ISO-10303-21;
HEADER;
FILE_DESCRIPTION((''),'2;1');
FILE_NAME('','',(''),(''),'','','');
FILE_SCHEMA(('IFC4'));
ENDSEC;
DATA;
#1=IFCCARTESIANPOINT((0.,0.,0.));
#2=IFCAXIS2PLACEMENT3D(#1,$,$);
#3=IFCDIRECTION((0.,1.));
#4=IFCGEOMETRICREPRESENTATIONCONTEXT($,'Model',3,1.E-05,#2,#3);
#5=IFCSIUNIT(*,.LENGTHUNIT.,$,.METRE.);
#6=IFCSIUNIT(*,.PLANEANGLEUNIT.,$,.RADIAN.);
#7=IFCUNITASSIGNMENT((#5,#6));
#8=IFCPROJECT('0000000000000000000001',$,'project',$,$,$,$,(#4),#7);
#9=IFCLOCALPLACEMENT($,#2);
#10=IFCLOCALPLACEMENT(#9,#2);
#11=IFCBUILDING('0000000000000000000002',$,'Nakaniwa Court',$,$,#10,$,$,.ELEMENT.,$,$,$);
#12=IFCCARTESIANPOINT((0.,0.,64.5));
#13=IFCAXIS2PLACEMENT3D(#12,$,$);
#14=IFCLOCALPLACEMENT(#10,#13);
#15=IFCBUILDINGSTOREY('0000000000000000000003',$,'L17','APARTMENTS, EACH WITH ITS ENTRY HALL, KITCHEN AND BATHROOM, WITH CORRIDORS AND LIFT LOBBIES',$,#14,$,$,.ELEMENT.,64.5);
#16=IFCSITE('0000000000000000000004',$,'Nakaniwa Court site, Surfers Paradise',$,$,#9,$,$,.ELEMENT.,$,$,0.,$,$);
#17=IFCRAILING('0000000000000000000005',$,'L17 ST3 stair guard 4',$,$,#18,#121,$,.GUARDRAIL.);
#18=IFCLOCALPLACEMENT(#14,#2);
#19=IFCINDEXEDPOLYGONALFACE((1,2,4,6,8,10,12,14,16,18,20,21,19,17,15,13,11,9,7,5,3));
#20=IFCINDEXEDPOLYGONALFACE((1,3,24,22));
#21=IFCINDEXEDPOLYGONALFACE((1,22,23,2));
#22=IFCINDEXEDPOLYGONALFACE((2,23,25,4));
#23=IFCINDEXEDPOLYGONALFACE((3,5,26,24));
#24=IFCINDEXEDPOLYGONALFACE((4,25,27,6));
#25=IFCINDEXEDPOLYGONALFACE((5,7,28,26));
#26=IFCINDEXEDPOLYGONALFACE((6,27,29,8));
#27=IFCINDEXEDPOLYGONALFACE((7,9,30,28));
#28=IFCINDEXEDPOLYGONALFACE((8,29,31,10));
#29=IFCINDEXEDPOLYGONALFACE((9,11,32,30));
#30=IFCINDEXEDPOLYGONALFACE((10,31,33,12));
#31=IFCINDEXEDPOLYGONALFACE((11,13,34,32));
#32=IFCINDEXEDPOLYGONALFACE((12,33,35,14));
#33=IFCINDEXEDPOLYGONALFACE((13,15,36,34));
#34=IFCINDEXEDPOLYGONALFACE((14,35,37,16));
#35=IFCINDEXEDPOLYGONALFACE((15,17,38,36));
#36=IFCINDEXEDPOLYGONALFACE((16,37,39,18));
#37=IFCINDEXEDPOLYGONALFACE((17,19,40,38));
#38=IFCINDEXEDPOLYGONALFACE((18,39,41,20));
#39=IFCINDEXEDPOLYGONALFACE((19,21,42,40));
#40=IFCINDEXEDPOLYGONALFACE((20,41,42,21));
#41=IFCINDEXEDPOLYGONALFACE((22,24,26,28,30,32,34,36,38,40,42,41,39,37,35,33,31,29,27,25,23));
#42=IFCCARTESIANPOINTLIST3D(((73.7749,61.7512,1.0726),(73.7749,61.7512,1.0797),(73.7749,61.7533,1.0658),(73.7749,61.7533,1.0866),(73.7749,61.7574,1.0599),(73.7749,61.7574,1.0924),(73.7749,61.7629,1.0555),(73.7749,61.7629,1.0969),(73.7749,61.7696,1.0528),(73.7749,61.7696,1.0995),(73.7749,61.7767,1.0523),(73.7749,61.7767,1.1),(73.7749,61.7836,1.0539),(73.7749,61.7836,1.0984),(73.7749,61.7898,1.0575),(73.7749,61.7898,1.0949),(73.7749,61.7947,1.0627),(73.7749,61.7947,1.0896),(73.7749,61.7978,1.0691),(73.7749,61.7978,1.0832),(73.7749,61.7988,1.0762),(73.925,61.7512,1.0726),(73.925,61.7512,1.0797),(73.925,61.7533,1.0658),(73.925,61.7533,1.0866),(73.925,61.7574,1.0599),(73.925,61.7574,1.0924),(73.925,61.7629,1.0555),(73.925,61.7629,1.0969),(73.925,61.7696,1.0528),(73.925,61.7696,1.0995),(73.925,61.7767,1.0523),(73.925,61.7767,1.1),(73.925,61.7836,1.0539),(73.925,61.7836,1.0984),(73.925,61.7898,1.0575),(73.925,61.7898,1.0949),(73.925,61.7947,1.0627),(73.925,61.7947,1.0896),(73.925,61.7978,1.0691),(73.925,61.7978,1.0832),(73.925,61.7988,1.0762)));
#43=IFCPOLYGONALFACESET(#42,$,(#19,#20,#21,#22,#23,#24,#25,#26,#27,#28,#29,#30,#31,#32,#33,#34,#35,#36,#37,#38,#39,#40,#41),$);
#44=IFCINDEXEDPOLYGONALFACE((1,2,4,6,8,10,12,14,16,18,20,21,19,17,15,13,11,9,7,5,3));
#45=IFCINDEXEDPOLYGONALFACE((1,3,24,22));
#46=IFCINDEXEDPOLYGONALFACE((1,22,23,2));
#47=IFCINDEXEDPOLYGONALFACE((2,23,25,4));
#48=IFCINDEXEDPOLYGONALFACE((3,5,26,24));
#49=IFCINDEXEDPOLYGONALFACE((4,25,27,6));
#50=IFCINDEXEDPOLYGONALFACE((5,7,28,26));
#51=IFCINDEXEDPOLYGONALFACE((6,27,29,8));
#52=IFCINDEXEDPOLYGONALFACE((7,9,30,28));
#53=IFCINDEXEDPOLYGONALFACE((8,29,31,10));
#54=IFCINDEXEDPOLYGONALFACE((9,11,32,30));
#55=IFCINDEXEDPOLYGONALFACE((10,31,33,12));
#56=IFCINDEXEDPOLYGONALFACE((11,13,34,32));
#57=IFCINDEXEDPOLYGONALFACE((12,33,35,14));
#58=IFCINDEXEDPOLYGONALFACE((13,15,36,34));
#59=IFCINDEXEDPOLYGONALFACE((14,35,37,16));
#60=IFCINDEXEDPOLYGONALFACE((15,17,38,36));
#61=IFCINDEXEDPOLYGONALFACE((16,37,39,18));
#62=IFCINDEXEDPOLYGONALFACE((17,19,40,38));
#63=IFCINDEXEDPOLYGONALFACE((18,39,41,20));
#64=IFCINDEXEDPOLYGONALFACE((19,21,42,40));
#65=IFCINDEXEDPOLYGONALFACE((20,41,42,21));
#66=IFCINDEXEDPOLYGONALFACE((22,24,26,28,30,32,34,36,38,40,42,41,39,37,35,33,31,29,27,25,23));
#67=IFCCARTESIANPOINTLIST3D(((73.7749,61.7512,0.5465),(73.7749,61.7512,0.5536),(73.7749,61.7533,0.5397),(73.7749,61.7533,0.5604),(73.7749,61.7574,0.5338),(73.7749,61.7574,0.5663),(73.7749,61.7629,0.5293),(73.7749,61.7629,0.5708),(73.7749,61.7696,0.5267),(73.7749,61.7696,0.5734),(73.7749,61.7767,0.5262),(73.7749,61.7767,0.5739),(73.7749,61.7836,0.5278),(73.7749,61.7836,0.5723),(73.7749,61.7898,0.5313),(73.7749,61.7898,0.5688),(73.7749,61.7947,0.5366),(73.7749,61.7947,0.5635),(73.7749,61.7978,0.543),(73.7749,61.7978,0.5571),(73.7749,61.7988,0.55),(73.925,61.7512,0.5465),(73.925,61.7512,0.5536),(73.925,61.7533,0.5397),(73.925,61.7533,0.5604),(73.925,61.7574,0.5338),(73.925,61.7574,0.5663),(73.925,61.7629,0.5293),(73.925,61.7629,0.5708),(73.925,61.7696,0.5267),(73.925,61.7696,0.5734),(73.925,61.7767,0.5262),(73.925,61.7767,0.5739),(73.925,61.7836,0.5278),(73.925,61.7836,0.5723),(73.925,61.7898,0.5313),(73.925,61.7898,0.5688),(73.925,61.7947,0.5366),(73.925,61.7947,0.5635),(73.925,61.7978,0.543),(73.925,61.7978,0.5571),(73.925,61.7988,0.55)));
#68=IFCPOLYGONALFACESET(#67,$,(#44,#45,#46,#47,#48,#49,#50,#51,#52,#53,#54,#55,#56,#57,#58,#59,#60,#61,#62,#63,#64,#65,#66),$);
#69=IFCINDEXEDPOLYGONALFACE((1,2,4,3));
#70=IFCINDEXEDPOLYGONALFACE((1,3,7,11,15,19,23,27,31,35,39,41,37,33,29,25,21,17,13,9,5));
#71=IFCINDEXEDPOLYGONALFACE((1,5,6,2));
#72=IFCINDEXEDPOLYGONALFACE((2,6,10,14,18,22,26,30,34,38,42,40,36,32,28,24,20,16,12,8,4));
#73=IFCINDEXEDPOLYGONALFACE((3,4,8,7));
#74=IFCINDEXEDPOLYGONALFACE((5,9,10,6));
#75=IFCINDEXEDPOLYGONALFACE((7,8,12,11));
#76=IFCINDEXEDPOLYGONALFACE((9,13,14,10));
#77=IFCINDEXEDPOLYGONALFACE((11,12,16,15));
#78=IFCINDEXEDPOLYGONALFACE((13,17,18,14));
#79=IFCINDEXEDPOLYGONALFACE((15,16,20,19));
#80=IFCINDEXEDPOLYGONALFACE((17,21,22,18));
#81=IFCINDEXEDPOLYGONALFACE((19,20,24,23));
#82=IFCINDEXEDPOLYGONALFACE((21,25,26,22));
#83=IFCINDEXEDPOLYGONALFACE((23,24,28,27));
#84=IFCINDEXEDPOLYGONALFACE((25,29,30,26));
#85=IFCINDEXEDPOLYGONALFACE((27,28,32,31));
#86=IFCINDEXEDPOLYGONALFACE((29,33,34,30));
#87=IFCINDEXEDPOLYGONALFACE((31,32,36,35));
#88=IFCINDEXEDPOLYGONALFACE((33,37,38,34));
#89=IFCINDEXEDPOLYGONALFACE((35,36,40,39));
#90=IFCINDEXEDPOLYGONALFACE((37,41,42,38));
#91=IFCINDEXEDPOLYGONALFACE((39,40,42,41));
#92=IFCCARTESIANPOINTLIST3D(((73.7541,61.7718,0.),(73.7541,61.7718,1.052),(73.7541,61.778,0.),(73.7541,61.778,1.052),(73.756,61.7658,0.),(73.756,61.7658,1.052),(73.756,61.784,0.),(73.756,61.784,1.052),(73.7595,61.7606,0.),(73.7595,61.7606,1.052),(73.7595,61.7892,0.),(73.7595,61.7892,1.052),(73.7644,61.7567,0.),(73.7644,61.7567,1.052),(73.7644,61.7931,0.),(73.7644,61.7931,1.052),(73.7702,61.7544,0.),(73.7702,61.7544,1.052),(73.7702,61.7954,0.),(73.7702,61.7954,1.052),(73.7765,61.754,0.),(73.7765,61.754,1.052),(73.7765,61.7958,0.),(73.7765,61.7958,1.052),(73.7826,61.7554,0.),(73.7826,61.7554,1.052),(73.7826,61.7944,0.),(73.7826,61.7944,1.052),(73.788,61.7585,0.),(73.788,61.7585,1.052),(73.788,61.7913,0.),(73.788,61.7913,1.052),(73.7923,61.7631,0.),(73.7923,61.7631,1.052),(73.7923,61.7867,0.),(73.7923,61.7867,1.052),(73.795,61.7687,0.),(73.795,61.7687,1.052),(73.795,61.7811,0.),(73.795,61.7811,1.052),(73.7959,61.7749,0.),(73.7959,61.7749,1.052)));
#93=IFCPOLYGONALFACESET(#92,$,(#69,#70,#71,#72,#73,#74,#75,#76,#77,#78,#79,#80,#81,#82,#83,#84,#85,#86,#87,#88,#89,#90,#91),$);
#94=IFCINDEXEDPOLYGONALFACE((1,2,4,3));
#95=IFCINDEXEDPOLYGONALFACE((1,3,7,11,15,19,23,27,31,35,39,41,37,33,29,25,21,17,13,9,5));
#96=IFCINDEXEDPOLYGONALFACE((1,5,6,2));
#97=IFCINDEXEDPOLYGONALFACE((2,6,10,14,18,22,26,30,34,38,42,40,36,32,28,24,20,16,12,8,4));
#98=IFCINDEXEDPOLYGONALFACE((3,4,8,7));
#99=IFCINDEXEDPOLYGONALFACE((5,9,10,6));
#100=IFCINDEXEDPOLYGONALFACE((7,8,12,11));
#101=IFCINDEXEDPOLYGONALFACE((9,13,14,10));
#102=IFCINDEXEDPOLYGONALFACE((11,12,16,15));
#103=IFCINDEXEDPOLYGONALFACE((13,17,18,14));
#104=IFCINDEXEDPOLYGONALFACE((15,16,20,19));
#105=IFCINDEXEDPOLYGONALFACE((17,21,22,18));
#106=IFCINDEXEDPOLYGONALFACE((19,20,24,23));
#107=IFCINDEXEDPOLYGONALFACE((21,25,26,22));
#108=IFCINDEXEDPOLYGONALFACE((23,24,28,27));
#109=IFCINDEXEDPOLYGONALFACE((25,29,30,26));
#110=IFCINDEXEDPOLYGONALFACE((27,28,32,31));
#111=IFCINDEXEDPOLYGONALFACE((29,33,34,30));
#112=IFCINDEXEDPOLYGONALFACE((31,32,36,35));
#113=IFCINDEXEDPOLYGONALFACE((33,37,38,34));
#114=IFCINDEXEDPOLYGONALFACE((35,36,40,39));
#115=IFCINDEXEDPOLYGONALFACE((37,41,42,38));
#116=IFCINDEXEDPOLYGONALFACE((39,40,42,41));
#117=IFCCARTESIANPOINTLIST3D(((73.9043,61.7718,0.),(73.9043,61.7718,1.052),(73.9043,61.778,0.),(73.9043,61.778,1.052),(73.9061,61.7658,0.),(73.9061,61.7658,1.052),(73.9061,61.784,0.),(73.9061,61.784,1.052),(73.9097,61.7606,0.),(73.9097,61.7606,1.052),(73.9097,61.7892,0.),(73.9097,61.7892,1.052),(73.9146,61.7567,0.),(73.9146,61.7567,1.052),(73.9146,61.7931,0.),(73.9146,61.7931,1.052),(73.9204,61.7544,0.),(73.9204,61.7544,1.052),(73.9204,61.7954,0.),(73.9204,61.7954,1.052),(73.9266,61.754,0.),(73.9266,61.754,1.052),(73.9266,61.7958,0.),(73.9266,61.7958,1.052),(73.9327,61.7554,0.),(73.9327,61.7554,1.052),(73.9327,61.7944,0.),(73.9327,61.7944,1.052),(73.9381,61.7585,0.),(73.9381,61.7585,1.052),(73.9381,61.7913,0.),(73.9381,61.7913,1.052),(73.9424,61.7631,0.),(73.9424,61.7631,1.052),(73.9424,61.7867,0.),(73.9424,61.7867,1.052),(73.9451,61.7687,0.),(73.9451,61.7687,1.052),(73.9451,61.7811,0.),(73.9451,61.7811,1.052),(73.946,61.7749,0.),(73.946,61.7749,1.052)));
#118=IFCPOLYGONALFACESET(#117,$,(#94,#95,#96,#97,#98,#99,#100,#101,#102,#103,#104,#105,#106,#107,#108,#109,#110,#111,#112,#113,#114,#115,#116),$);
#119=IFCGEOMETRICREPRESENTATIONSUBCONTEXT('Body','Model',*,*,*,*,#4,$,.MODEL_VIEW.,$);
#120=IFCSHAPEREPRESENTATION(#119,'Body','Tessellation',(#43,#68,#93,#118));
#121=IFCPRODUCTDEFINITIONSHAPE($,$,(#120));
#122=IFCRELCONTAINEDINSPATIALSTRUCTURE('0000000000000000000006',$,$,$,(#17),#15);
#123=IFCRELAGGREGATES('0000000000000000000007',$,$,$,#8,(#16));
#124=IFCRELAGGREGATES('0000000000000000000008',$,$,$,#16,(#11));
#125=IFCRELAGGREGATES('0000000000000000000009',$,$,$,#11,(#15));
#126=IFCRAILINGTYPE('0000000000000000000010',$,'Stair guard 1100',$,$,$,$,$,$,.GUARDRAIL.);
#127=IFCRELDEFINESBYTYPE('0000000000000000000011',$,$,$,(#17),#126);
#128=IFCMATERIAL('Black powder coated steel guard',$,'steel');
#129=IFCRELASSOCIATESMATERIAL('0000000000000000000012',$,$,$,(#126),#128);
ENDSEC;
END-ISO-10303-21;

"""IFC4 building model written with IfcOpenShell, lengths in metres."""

from ifc_helpers import new_model, si_unit, direction, frame, origin, origin_2d, place, context, subcontext, project, spatial, circle, extrude, material, type_object, element, save


model = new_model("IFC4")

# Units and contexts
model_context = context("Model", 3, precision=1e-05, world=origin(), true_north=direction((0.0, 1.0)))
body_context = subcontext(model_context, "Body", "Model", "MODEL_VIEW")
ifc_project = project(units=[si_unit("LENGTHUNIT", "METRE"), si_unit("PLANEANGLEUNIT", "RADIAN")], contexts=[model_context])

# Site, building, storey
site_placement = place(None, origin())
site = spatial("IfcSite", under=ifc_project, at=site_placement, Name="Nakaniwa Court site, Surfers Paradise", CompositionType="ELEMENT", RefElevation=0.0)
building_placement = place(site_placement, origin())
building = spatial("IfcBuilding", under=site, at=building_placement, Name="Nakaniwa Court", CompositionType="ELEMENT")
storey_placement = place(building_placement, frame((0.0, 0.0, 64.5)))
storey = spatial("IfcBuildingStorey", under=building, at=storey_placement, Name="L17", Description="APARTMENTS, EACH WITH ITS ENTRY HALL, KITCHEN AND BATHROOM, WITH CORRIDORS AND LIFT LOBBIES", CompositionType="ELEMENT", Elevation=64.5)

# Railing
ifc_material_1 = material(Name="Black powder coated steel guard", Category="steel")
railing_type_1 = type_object("IfcRailingType", Name="Stair guard 1100", PredefinedType="GUARDRAIL", material=ifc_material_1)
railing_1_placement = place(storey_placement, frame((73.7749, 61.7749, 0.0)))
element("IfcRailing", 1, at=railing_1_placement, inside=storey, type_object=railing_type_1, Name="L17 ST3 stair guard 4", PredefinedType="GUARDRAIL", context=body_context, shape_type="SweptSolid", body=[
    extrude(circle(Radius=0.0239, at=origin_2d()), frame((0.0, 0.0, 1.0762), z_axis=(1.0, 0.0, 0.0), x_axis=(0.0, 1.0, 0.0)), (0.0, 0.0, 1.0), 0.1501),
    extrude(circle(Radius=0.0239, at=origin_2d()), frame((0.0, 0.0, 0.55), z_axis=(1.0, 0.0, 0.0), x_axis=(0.0, 1.0, 0.0)), (0.0, 0.0, 1.0), 0.1501),
    extrude(circle(Radius=0.021, at=origin_2d()), origin(), (0.0, 0.0, 1.0), 1.052),
    extrude(circle(Radius=0.021, at=origin_2d()), frame((0.1501, 0.0, 0.0)), (0.0, 0.0, 1.0), 1.052),
])

save(model, "model.ifc")
